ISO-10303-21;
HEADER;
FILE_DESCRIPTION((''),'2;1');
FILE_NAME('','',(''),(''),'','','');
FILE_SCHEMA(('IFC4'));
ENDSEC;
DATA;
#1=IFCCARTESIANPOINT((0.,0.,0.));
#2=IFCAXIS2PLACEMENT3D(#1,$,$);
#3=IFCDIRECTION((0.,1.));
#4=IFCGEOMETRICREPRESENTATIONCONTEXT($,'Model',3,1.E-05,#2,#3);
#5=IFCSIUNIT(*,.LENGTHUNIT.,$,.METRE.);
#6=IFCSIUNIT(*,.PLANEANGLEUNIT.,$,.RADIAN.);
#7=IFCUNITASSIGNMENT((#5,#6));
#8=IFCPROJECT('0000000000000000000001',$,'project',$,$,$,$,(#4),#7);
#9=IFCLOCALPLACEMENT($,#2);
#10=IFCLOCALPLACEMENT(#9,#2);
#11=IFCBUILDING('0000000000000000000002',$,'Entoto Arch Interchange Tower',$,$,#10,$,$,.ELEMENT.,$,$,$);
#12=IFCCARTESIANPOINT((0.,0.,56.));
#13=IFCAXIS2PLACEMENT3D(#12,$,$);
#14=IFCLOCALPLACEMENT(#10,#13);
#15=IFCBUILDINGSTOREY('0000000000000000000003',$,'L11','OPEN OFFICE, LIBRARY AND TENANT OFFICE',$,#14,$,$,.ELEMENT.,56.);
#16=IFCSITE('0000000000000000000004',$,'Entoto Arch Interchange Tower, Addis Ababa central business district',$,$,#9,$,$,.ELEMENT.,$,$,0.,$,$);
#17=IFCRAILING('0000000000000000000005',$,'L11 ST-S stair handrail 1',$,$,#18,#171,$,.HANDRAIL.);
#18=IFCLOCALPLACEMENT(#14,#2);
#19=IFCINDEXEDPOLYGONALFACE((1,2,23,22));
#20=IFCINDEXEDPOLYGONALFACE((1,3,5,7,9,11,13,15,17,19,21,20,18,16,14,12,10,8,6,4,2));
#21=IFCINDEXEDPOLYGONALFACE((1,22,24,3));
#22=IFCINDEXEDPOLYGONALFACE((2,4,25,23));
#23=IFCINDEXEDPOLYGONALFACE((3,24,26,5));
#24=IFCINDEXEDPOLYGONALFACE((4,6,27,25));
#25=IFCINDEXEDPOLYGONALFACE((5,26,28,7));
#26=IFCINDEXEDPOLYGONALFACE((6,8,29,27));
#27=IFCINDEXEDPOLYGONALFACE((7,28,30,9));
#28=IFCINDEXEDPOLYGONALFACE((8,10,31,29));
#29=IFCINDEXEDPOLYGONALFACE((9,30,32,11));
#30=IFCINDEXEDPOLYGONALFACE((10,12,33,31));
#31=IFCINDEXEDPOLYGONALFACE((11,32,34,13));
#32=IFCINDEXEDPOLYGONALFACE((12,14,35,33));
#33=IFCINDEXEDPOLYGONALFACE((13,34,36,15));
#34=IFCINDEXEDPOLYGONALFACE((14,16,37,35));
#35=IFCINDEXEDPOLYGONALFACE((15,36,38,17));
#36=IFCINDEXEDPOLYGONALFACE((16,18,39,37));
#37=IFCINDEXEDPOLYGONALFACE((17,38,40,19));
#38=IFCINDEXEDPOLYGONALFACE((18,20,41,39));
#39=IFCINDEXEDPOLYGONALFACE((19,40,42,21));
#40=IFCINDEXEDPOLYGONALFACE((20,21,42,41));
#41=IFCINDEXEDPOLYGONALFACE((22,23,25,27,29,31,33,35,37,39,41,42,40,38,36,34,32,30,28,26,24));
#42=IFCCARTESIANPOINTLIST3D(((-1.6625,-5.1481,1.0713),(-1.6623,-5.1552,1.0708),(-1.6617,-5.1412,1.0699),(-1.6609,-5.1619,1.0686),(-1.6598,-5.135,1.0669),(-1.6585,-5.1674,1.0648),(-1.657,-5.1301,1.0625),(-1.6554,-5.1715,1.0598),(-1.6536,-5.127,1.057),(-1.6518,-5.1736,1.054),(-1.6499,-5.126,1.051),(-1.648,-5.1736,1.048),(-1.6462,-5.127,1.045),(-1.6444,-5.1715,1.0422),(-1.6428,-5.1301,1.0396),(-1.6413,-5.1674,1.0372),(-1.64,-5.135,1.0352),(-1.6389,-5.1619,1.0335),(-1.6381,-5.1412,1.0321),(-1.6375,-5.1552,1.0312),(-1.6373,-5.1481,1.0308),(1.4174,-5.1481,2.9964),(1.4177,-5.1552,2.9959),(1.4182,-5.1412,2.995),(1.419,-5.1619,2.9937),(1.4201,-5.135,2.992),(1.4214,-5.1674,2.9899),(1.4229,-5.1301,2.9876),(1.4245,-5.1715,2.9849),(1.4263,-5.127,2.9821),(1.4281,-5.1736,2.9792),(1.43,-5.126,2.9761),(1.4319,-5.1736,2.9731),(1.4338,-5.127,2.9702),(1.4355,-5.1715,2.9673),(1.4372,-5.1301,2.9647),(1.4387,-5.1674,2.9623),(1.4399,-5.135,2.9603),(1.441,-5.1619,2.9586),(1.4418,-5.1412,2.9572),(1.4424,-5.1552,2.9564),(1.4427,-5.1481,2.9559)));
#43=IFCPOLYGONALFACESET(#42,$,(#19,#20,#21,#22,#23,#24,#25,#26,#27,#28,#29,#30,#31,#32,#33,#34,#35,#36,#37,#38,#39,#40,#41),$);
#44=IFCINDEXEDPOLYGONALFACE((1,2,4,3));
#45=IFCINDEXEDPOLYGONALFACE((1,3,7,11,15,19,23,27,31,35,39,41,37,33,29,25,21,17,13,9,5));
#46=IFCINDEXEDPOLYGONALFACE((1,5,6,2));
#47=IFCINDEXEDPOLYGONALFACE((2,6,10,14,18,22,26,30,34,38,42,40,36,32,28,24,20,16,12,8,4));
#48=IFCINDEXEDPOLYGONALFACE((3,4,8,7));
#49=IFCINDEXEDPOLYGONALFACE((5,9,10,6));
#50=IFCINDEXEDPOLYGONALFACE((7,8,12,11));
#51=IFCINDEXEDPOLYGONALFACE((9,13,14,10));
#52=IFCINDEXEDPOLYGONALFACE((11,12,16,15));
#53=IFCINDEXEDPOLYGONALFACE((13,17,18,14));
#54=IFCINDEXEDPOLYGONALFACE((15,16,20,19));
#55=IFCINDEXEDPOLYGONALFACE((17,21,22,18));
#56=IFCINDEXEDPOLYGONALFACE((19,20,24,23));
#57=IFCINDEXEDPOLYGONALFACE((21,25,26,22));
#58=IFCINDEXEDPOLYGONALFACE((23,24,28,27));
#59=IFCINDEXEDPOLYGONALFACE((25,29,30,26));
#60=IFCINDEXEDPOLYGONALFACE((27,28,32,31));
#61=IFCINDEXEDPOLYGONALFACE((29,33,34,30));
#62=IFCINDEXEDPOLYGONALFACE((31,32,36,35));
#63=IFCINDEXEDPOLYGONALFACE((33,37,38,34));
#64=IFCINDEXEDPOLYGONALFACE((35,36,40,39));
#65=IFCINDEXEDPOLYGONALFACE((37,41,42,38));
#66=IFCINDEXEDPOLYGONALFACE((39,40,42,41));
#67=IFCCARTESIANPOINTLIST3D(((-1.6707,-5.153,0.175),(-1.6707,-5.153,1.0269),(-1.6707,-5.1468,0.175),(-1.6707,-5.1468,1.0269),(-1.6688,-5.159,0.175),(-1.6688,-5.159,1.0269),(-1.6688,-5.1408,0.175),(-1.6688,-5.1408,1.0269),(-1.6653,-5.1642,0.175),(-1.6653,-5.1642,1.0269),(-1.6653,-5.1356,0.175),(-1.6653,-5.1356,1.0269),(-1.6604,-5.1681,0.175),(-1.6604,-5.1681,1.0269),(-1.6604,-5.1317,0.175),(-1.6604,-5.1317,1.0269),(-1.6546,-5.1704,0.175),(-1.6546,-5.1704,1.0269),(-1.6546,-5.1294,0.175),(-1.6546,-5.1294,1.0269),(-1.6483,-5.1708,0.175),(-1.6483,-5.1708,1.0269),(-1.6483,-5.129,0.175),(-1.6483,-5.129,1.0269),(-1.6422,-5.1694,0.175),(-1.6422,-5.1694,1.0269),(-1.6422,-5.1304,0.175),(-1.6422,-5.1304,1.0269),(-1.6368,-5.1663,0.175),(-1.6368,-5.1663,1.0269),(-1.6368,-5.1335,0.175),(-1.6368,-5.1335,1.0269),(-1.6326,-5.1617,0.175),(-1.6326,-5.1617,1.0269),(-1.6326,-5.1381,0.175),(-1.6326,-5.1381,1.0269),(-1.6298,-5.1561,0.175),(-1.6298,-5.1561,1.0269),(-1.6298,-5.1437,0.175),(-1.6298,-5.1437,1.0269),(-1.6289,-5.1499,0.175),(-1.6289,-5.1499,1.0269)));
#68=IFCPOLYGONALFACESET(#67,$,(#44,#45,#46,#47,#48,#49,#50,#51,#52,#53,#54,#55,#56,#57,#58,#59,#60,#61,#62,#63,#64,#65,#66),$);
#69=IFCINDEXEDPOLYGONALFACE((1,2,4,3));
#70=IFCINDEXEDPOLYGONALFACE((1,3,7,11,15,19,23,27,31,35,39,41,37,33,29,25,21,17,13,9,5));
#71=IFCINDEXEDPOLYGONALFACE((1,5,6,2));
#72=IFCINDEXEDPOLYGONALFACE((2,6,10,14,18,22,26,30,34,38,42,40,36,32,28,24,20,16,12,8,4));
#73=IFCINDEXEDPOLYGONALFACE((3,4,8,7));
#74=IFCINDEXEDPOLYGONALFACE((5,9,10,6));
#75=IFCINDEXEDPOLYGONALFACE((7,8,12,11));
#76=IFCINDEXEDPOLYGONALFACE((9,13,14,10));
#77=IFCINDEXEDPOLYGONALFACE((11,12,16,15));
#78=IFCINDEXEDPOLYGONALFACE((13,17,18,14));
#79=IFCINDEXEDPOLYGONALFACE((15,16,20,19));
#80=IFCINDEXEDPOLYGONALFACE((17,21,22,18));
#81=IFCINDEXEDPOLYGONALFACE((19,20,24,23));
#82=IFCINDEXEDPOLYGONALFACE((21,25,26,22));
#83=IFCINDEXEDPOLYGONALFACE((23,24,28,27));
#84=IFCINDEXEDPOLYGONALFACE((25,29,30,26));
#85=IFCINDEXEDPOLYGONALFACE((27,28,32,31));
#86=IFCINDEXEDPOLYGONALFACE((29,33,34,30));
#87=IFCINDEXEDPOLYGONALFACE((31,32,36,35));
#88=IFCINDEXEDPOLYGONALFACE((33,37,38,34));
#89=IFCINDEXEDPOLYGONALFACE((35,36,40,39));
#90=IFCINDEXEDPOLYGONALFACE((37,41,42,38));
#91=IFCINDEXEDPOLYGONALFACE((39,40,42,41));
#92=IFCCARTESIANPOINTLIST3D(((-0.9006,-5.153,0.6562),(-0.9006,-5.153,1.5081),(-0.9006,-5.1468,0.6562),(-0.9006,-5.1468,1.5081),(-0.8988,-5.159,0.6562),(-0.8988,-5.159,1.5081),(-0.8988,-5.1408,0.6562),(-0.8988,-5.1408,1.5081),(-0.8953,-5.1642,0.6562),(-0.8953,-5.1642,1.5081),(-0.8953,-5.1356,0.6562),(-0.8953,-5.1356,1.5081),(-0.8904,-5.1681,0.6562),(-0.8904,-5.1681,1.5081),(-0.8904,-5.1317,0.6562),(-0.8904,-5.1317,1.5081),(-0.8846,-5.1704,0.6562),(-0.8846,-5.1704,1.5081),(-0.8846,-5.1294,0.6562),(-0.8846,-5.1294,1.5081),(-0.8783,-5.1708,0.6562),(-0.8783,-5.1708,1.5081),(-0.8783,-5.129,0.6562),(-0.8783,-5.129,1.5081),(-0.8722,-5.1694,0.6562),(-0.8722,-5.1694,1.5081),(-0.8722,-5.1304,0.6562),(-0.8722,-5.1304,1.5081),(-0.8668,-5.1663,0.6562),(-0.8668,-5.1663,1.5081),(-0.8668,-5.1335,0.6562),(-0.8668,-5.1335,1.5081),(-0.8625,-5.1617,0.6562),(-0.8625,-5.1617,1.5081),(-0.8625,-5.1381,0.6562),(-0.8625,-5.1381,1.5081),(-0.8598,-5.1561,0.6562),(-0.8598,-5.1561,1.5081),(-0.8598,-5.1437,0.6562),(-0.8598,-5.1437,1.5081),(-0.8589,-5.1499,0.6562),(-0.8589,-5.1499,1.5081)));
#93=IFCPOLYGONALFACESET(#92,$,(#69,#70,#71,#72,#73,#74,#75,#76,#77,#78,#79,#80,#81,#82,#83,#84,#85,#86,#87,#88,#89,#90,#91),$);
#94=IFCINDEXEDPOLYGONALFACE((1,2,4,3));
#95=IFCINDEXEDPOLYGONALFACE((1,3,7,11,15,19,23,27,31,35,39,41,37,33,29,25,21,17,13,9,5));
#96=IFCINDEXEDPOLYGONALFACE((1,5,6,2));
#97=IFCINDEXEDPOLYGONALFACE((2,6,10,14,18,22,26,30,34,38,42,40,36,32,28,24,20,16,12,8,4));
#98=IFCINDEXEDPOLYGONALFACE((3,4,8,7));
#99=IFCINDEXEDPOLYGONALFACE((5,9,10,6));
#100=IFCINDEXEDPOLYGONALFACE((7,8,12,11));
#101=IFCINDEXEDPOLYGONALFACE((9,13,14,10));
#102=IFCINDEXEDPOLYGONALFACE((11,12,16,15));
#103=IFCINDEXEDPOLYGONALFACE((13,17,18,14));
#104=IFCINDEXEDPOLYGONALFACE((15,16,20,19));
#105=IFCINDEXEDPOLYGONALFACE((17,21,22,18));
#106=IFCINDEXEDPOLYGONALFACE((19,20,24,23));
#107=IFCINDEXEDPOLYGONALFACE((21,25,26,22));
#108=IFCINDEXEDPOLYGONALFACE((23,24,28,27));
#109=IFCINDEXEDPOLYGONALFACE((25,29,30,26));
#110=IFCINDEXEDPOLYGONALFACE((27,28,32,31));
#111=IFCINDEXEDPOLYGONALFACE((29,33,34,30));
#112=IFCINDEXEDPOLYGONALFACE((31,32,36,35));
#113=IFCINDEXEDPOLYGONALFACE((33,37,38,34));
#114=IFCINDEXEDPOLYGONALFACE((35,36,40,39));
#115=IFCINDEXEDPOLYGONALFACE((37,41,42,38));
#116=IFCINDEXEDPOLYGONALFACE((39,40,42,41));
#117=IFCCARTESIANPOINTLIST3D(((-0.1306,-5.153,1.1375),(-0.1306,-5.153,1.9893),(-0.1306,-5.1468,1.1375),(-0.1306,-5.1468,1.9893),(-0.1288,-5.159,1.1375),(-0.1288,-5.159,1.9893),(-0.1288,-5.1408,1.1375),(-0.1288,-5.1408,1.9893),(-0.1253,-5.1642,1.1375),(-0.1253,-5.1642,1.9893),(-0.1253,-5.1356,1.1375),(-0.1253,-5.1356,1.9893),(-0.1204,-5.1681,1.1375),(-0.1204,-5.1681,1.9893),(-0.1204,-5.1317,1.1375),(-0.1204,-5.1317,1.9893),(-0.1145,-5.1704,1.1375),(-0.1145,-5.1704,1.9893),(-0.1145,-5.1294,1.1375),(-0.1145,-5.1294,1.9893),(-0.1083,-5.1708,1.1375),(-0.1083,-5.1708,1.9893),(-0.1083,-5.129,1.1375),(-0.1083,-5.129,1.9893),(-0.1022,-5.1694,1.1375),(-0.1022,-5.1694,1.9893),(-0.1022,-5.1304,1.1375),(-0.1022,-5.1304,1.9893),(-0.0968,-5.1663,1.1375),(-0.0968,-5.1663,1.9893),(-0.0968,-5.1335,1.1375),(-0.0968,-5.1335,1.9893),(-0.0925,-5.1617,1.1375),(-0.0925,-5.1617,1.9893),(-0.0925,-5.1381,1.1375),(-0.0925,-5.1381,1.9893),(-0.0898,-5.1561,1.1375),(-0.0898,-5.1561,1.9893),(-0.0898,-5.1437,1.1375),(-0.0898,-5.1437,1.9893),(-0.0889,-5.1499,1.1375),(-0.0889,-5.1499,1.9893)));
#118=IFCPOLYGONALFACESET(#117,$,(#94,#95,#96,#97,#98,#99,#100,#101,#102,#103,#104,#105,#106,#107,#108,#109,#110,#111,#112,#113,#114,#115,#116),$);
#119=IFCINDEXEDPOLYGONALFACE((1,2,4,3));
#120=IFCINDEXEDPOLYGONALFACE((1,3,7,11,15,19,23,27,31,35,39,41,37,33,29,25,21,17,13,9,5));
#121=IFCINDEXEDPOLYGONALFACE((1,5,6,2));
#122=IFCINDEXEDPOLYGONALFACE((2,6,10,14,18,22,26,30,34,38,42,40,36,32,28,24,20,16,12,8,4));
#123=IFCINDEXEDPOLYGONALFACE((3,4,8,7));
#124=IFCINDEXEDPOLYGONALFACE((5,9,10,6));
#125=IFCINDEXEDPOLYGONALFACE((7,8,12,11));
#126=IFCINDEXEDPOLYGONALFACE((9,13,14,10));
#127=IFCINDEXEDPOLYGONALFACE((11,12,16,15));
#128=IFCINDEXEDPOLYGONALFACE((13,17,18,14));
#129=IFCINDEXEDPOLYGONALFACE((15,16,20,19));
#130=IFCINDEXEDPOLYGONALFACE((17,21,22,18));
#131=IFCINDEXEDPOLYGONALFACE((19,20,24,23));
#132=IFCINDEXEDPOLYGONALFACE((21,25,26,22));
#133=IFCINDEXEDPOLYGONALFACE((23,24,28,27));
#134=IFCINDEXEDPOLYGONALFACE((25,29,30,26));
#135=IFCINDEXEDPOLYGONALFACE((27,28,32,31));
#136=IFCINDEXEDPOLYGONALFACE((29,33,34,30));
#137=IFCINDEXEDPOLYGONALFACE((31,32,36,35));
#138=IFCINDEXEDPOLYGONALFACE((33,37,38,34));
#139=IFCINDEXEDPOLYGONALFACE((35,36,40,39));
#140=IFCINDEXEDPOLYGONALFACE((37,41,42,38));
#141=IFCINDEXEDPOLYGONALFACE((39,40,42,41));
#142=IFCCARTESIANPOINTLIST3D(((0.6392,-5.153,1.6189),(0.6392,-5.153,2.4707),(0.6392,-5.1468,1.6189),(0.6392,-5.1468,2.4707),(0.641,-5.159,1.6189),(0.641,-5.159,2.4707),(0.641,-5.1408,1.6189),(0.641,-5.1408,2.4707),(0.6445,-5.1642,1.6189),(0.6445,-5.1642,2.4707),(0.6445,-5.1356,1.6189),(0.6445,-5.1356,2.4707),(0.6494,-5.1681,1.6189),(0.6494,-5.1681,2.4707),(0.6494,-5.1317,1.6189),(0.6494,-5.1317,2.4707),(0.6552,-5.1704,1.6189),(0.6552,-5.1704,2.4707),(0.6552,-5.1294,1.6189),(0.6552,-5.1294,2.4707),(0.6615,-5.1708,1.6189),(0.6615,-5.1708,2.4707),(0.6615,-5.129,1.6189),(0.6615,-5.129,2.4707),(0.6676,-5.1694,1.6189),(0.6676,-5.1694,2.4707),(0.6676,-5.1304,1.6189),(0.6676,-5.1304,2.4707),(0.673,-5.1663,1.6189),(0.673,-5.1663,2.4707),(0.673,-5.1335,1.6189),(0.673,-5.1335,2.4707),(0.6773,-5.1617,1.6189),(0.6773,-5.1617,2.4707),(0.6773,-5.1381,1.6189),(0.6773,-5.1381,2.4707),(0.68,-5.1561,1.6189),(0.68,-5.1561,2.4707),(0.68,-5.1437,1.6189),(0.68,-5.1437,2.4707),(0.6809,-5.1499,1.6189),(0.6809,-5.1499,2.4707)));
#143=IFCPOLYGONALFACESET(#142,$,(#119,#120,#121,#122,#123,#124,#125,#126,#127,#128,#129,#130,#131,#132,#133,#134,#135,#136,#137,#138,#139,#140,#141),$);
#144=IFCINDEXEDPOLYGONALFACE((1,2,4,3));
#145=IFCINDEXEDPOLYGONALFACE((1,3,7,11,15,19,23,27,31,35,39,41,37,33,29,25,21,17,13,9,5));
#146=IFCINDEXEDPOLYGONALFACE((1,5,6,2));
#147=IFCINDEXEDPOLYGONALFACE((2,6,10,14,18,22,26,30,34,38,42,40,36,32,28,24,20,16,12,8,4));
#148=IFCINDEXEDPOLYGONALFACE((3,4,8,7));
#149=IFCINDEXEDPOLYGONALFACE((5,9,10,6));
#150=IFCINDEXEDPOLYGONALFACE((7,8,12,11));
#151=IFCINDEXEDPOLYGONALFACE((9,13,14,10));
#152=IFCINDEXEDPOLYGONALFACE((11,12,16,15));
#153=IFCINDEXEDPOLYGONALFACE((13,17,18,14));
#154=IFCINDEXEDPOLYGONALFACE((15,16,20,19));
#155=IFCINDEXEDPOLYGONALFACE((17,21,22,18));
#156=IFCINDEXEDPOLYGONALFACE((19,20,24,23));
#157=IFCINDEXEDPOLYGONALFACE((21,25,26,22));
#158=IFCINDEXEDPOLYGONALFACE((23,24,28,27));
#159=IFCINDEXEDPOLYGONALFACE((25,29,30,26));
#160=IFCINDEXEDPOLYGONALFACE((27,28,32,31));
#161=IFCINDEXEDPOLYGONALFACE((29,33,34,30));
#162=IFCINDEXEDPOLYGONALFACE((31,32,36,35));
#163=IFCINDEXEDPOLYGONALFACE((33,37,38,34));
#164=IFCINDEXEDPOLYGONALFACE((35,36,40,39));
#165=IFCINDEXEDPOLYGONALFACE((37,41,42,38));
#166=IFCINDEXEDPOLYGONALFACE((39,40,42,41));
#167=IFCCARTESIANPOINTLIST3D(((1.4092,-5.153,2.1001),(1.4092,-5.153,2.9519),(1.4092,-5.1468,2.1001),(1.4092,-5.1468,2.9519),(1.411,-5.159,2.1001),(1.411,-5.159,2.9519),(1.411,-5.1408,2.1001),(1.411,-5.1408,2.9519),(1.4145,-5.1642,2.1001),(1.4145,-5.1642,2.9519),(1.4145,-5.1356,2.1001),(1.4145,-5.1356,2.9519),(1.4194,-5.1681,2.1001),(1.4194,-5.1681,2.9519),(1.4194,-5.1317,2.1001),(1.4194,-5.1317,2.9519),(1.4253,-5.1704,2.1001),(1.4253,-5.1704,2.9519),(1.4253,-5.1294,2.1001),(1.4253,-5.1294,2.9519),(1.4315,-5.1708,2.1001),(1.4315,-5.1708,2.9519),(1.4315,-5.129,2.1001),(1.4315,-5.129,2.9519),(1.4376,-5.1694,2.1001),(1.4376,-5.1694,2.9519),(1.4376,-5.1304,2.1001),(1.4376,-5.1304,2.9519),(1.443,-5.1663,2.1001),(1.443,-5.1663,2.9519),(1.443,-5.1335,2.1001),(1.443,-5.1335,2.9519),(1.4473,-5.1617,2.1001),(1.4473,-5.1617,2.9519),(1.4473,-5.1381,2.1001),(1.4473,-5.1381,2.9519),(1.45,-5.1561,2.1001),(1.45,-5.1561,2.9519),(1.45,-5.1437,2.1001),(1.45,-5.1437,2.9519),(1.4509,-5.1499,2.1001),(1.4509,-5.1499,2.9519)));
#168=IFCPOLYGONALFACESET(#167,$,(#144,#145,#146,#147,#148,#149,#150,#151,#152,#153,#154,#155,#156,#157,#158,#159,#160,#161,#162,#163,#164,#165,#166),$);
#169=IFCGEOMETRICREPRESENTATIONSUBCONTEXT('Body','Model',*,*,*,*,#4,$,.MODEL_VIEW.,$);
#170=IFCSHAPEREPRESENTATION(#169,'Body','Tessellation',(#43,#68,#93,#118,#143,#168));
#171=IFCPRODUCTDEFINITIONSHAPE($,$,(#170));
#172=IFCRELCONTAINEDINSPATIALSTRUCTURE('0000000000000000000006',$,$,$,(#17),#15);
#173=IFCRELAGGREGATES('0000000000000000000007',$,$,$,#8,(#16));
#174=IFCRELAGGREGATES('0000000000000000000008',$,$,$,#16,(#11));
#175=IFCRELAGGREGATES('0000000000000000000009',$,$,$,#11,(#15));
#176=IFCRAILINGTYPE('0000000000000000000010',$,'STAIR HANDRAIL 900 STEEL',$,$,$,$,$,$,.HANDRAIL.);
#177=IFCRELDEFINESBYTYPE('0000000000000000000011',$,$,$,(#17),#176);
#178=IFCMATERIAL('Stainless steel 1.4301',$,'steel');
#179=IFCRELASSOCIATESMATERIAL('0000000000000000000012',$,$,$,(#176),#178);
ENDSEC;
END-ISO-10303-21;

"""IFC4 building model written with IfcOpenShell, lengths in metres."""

from ifc_helpers import new_model, si_unit, direction, frame, origin, origin_2d, place, context, subcontext, project, spatial, circle, extrude, material, type_object, element, save


model = new_model("IFC4")

# Units and contexts
model_context = context("Model", 3, precision=1e-05, world=origin(), true_north=direction((0.0, 1.0)))
body_context = subcontext(model_context, "Body", "Model", "MODEL_VIEW")
ifc_project = project(units=[si_unit("LENGTHUNIT", "METRE"), si_unit("PLANEANGLEUNIT", "RADIAN")], contexts=[model_context])

# Site, building, storey
site_placement = place(None, origin())
site = spatial("IfcSite", under=ifc_project, at=site_placement, Name="Entoto Arch Interchange Tower, Addis Ababa central business district", CompositionType="ELEMENT", RefElevation=0.0)
building_placement = place(site_placement, origin())
building = spatial("IfcBuilding", under=site, at=building_placement, Name="Entoto Arch Interchange Tower", CompositionType="ELEMENT")
storey_placement = place(building_placement, frame((0.0, 0.0, 56.0)))
storey = spatial("IfcBuildingStorey", under=building, at=storey_placement, Name="L11", Description="OPEN OFFICE, LIBRARY AND TENANT OFFICE", CompositionType="ELEMENT", Elevation=56.0)

# Railing
ifc_material_1 = material(Name="Stainless steel 1.4301", Category="steel")
railing_type_1 = type_object("IfcRailingType", Name="STAIR HANDRAIL 900 STEEL", PredefinedType="HANDRAIL", material=ifc_material_1)
railing_1_placement = place(storey_placement, frame((-1.6499, -5.1499, 0.175)))
element("IfcRailing", 1, at=railing_1_placement, inside=storey, type_object=railing_type_1, Name="L11 ST-S stair handrail 1", PredefinedType="HANDRAIL", context=body_context, shape_type="SweptSolid", body=[
    extrude(circle(Radius=0.0239, at=origin_2d()), frame((0.0, 0.0, 0.876), z_axis=(0.847979, 0.0, 0.530029), x_axis=(0.0, 1.0, 0.0)), (0.0, 0.0, 1.0), 3.6321),
    extrude(circle(Radius=0.021, at=origin_2d()), origin(), (0.0, 0.0, 1.0), 0.8518),
    extrude(circle(Radius=0.021, at=origin_2d()), frame((0.77, 0.0, 0.4812)), (0.0, 0.0, 1.0), 0.8518),
    extrude(circle(Radius=0.021, at=origin_2d()), frame((1.54, 0.0, 0.9624)), (0.0, 0.0, 1.0), 0.8518),
    extrude(circle(Radius=0.021, at=origin_2d()), frame((2.3098, 0.0, 1.4438)), (0.0, 0.0, 1.0), 0.8518),
    extrude(circle(Radius=0.021, at=origin_2d()), frame((3.0798, 0.0, 1.925)), (0.0, 0.0, 1.0), 0.8518),
])

save(model, "model.ifc")
